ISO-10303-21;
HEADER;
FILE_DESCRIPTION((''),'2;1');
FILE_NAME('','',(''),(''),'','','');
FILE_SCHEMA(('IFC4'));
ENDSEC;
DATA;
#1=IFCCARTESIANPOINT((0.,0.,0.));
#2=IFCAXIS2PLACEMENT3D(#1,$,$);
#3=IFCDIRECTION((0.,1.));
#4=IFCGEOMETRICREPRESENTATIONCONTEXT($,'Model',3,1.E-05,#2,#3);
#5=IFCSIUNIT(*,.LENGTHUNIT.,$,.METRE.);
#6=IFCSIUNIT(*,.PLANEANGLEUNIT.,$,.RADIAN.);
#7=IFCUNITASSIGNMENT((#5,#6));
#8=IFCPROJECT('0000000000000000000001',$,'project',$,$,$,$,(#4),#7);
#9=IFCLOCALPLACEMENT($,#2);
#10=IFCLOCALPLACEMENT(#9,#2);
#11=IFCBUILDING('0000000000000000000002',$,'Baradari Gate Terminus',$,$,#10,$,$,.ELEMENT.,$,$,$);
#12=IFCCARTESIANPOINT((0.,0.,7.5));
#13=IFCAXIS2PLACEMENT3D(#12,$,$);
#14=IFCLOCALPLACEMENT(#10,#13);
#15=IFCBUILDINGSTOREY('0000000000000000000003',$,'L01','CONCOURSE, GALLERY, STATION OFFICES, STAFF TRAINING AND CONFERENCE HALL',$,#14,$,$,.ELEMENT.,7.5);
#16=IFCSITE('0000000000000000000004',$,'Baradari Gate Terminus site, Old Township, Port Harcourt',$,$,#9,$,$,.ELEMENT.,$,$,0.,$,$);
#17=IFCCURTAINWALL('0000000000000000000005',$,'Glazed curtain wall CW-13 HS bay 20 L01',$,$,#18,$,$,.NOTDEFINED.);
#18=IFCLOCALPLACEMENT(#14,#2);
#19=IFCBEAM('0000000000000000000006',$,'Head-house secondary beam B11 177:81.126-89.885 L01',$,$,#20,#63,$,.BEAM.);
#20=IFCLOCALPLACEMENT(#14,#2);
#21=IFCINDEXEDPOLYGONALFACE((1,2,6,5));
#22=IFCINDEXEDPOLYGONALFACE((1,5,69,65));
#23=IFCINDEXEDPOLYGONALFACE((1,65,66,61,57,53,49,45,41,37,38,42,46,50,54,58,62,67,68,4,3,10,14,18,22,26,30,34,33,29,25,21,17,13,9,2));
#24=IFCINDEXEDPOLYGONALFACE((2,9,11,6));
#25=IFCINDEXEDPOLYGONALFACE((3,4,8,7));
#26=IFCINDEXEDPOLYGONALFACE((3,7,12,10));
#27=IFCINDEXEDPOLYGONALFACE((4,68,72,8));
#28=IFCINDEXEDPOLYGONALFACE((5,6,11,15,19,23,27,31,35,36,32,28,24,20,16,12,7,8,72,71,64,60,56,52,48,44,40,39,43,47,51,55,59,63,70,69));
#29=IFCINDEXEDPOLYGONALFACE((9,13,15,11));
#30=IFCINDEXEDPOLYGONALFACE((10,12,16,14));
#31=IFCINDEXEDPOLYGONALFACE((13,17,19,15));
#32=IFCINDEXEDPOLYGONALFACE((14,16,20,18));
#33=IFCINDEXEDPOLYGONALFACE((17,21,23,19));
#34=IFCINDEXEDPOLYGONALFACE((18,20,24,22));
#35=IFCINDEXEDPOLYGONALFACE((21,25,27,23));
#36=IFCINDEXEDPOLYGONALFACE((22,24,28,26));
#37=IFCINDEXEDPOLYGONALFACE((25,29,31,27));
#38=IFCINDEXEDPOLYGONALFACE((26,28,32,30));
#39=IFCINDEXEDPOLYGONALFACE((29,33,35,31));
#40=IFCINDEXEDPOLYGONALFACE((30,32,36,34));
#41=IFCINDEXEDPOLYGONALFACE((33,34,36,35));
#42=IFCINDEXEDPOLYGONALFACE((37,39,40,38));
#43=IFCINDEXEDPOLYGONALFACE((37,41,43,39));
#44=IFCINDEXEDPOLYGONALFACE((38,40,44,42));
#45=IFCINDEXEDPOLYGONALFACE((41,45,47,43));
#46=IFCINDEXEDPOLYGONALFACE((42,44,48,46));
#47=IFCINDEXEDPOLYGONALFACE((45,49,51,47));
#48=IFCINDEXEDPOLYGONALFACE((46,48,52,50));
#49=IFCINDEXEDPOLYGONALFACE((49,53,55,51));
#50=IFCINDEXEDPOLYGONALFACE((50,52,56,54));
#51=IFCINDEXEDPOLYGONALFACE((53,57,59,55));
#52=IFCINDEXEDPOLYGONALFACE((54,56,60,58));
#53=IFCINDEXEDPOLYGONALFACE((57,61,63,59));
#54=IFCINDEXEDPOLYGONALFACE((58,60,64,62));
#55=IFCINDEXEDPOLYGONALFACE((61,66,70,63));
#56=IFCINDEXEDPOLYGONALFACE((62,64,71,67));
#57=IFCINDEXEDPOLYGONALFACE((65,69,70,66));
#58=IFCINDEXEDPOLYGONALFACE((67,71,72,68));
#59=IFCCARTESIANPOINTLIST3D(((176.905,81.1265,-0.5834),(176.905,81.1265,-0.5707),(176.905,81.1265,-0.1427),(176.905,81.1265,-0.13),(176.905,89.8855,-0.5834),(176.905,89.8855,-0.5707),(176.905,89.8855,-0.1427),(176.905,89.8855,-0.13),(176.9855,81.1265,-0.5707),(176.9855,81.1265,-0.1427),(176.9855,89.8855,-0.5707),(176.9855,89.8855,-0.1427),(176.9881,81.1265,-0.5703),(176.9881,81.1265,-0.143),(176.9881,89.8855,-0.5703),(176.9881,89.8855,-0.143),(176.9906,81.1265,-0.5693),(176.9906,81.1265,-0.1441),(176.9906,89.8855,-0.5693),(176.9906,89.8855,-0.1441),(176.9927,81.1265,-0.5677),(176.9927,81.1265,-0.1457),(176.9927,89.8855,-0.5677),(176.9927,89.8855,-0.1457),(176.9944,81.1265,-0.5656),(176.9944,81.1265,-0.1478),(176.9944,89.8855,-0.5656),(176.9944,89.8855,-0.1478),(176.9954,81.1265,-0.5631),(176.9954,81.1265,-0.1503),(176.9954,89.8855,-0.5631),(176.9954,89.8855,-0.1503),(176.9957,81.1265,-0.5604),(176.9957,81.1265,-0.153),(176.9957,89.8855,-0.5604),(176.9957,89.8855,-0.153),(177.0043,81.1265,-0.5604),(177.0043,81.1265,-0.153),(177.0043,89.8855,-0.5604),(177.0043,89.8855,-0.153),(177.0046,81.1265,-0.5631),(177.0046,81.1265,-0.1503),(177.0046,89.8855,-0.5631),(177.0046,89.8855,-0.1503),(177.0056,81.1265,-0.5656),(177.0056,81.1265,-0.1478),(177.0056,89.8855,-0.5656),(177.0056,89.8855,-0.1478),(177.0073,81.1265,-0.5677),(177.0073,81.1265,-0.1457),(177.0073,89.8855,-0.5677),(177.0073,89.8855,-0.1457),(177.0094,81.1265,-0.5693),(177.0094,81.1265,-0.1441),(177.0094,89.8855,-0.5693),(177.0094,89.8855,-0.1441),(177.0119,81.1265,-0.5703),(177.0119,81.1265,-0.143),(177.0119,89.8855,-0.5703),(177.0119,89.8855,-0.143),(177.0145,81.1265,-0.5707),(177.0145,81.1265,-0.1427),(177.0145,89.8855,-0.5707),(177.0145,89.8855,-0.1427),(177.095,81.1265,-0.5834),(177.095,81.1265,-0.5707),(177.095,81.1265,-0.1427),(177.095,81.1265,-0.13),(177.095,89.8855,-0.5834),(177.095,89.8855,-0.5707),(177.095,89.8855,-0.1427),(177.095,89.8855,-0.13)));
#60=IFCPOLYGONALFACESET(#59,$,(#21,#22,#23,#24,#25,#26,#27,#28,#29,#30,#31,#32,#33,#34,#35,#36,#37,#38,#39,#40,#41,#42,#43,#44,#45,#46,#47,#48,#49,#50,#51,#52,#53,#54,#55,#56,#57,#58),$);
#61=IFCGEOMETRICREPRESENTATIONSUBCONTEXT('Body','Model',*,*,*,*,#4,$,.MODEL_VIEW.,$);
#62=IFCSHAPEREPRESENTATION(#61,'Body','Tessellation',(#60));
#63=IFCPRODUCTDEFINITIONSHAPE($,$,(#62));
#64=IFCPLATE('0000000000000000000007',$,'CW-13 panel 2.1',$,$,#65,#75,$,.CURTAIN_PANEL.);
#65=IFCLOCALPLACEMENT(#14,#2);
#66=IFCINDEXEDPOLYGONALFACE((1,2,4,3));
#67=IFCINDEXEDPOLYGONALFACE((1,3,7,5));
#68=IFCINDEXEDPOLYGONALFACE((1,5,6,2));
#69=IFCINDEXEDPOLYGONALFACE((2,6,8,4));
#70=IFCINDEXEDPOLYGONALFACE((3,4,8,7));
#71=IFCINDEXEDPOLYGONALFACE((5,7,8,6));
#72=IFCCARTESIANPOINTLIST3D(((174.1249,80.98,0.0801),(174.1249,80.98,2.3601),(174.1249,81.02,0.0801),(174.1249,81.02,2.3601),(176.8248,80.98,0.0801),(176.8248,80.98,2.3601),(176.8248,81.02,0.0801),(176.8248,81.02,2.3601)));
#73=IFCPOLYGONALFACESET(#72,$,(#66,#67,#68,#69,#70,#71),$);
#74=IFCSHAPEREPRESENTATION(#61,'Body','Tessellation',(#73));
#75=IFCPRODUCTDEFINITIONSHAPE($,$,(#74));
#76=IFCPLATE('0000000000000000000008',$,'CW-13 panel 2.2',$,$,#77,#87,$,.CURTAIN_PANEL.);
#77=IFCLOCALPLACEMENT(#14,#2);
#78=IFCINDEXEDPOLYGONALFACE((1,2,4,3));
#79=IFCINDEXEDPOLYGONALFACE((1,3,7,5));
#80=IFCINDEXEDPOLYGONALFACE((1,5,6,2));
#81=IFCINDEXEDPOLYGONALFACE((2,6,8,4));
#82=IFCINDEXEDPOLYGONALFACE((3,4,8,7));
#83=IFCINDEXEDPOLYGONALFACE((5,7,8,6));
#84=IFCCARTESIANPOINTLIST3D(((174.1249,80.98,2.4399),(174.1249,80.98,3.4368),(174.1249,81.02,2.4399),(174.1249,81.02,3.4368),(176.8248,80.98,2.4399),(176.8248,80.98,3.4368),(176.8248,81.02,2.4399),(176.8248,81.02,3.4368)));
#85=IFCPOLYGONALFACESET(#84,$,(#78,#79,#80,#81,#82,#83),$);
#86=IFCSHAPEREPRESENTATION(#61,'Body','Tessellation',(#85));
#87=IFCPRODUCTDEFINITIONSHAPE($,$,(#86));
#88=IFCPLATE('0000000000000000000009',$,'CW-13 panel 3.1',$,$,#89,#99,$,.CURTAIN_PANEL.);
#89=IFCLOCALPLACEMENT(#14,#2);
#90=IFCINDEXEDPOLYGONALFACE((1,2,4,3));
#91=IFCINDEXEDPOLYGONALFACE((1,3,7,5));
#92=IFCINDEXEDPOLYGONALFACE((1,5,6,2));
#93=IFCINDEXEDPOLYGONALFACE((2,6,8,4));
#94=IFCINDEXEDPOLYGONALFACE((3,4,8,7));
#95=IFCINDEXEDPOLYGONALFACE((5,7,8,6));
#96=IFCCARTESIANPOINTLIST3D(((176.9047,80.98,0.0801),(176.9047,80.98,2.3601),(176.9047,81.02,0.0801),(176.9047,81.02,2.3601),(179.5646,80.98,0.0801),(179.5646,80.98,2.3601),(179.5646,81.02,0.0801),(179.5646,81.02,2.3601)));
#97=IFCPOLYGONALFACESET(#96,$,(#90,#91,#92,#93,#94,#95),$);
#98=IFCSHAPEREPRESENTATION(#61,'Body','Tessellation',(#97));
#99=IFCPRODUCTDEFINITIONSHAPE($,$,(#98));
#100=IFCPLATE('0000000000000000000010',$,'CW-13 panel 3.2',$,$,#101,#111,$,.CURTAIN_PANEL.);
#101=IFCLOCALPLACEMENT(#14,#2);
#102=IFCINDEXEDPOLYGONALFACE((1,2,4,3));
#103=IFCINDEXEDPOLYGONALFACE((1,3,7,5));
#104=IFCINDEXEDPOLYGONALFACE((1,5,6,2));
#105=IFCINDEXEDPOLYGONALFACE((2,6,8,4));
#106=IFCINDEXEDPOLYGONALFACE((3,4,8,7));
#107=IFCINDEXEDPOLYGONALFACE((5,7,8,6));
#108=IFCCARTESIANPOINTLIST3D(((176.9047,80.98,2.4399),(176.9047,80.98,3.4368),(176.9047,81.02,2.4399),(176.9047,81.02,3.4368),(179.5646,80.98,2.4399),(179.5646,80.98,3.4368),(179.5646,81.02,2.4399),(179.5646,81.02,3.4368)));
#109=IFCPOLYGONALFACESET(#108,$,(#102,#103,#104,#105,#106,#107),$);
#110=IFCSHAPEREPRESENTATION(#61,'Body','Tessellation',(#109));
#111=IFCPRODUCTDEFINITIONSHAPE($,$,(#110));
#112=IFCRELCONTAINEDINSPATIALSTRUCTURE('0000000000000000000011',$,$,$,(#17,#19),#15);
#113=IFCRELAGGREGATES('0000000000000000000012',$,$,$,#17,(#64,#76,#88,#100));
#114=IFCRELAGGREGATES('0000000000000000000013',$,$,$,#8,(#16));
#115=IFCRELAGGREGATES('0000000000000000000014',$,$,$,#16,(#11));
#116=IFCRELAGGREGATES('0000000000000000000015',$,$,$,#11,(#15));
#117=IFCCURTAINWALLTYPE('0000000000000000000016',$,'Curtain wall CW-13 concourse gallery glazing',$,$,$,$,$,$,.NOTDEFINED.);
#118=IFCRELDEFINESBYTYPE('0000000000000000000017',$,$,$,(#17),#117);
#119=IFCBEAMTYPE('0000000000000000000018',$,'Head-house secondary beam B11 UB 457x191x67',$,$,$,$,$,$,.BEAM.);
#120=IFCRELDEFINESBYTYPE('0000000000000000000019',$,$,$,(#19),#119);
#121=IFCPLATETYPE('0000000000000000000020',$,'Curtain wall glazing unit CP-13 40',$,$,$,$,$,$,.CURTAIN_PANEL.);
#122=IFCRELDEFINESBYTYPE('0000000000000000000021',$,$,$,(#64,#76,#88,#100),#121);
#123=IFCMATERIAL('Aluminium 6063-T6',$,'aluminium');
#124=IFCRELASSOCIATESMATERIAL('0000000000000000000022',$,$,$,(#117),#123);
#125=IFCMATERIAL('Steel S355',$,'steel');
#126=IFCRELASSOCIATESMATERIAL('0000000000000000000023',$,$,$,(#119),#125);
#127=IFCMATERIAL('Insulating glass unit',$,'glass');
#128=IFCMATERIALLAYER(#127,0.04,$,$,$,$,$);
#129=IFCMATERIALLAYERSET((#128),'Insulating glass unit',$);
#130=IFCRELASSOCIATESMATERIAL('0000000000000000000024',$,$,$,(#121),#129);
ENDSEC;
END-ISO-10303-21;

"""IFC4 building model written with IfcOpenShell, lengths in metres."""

from ifc_helpers import new_model, si_unit, direction, frame, origin, origin_2d, place, context, subcontext, project, spatial, rectangle, i_section, extrude, material, layer, layer_set, material_profile, profile_set, type_object, element, aggregate, save


model = new_model("IFC4")

# Units and contexts
model_context = context("Model", 3, precision=1e-05, world=origin(), true_north=direction((0.0, 1.0)))
body_context = subcontext(model_context, "Body", "Model", "MODEL_VIEW")
ifc_project = project(units=[si_unit("LENGTHUNIT", "METRE"), si_unit("PLANEANGLEUNIT", "RADIAN")], contexts=[model_context])

# Site, building, storey
site_placement = place(None, origin())
site = spatial("IfcSite", under=ifc_project, at=site_placement, Name="Baradari Gate Terminus site, Old Township, Port Harcourt", CompositionType="ELEMENT", RefElevation=0.0)
building_placement = place(site_placement, origin())
building = spatial("IfcBuilding", under=site, at=building_placement, Name="Baradari Gate Terminus", CompositionType="ELEMENT")
storey_placement = place(building_placement, frame((0.0, 0.0, 7.5)))
storey = spatial("IfcBuildingStorey", under=building, at=storey_placement, Name="L01", Description="CONCOURSE, GALLERY, STATION OFFICES, STAFF TRAINING AND CONFERENCE HALL", CompositionType="ELEMENT", Elevation=7.5)

# Curtain wall
ifc_material_1 = material(Name="Aluminium 6063-T6", Category="aluminium")
curtain_wall_type = type_object("IfcCurtainWallType", Name="Curtain wall CW-13 concourse gallery glazing", PredefinedType="NOTDEFINED", material=ifc_material_1)
curtain_wall_placement = place(storey_placement, origin())
curtain_wall = element("IfcCurtainWall", 1, at=curtain_wall_placement, inside=storey, type_object=curtain_wall_type, Name="Glazed curtain wall CW-13 HS bay 20 L01", PredefinedType="NOTDEFINED")

# Beam
ifc_material_2 = material(Name="Steel S355", Category="steel")
ifc_material_profile_1 = material_profile(ifc_material_2, i_section(OverallWidth=0.1899, OverallDepth=0.4534, WebThickness=0.0085, FlangeThickness=0.0127, FilletRadius=0.0103, at=origin_2d()), Name="UB 457x191x67")
ifc_profile_set_1 = profile_set([ifc_material_profile_1], Name="Steel S355")
beam_type_1 = type_object("IfcBeamType", Name="Head-house secondary beam B11 UB 457x191x67", PredefinedType="BEAM", material=ifc_profile_set_1)
beam_1_placement = place(storey_placement, frame((177.0, 81.1265, -0.3567), z_axis=(0.0, 1.0, 0.0), x_axis=(-1.0, 0.0, 0.0)))
element("IfcBeam", 2, at=beam_1_placement, inside=storey, type_object=beam_type_1, Name="Head-house secondary beam B11 177:81.126-89.885 L01", PredefinedType="BEAM", context=body_context, shape_type="SweptSolid", body=[
    extrude(i_section(OverallWidth=0.1899, OverallDepth=0.4534, WebThickness=0.0085, FlangeThickness=0.0127, FilletRadius=0.0103, at=origin_2d()), origin(), (0.0, 0.0, 1.0), 8.759),
])

# Plates
ifc_material_3 = material(Name="Insulating glass unit", Category="glass")
ifc_layer = layer(ifc_material_3, 0.04)
ifc_layer_set = layer_set([ifc_layer], Name="Insulating glass unit")
plate_type = type_object("IfcPlateType", Name="Curtain wall glazing unit CP-13 40", PredefinedType="CURTAIN_PANEL", material=ifc_layer_set)
plate_1_placement = place(storey_placement, frame((175.4749, 81.0, 0.0801), z_axis=(0.0, 0.0, 1.0), x_axis=(1.0, 0.0, 0.0)))
plate_1 = element("IfcPlate", 3, at=plate_1_placement, type_object=plate_type, Name="CW-13 panel 2.1", PredefinedType="CURTAIN_PANEL", context=body_context, shape_type="SweptSolid", body=[
    extrude(rectangle(XDim=2.7, YDim=0.04, at=origin_2d()), origin(), (0.0, 0.0, 1.0), 2.28),
])
plate_2_placement = place(storey_placement, frame((175.4749, 81.0, 2.4399), z_axis=(0.0, 0.0, 1.0), x_axis=(1.0, 0.0, 0.0)))
plate_2 = element("IfcPlate", 4, at=plate_2_placement, type_object=plate_type, Name="CW-13 panel 2.2", PredefinedType="CURTAIN_PANEL", context=body_context, shape_type="SweptSolid", body=[
    extrude(rectangle(XDim=2.7, YDim=0.04, at=origin_2d()), origin(), (0.0, 0.0, 1.0), 0.9968),
])
plate_3_placement = place(storey_placement, frame((178.2346, 81.0, 0.0801), z_axis=(0.0, 0.0, 1.0), x_axis=(1.0, 0.0, 0.0)))
plate_3 = element("IfcPlate", 5, at=plate_3_placement, type_object=plate_type, Name="CW-13 panel 3.1", PredefinedType="CURTAIN_PANEL", context=body_context, shape_type="SweptSolid", body=[
    extrude(rectangle(XDim=2.6599, YDim=0.04, at=origin_2d()), origin(), (0.0, 0.0, 1.0), 2.28),
])
plate_4_placement = place(storey_placement, frame((178.2346, 81.0, 2.4399), z_axis=(0.0, 0.0, 1.0), x_axis=(1.0, 0.0, 0.0)))
plate_4 = element("IfcPlate", 6, at=plate_4_placement, type_object=plate_type, Name="CW-13 panel 3.2", PredefinedType="CURTAIN_PANEL", context=body_context, shape_type="SweptSolid", body=[
    extrude(rectangle(XDim=2.6599, YDim=0.04, at=origin_2d()), origin(), (0.0, 0.0, 1.0), 0.9968),
])
aggregate(curtain_wall, [plate_1, plate_2, plate_3, plate_4])

save(model, "model.ifc")
